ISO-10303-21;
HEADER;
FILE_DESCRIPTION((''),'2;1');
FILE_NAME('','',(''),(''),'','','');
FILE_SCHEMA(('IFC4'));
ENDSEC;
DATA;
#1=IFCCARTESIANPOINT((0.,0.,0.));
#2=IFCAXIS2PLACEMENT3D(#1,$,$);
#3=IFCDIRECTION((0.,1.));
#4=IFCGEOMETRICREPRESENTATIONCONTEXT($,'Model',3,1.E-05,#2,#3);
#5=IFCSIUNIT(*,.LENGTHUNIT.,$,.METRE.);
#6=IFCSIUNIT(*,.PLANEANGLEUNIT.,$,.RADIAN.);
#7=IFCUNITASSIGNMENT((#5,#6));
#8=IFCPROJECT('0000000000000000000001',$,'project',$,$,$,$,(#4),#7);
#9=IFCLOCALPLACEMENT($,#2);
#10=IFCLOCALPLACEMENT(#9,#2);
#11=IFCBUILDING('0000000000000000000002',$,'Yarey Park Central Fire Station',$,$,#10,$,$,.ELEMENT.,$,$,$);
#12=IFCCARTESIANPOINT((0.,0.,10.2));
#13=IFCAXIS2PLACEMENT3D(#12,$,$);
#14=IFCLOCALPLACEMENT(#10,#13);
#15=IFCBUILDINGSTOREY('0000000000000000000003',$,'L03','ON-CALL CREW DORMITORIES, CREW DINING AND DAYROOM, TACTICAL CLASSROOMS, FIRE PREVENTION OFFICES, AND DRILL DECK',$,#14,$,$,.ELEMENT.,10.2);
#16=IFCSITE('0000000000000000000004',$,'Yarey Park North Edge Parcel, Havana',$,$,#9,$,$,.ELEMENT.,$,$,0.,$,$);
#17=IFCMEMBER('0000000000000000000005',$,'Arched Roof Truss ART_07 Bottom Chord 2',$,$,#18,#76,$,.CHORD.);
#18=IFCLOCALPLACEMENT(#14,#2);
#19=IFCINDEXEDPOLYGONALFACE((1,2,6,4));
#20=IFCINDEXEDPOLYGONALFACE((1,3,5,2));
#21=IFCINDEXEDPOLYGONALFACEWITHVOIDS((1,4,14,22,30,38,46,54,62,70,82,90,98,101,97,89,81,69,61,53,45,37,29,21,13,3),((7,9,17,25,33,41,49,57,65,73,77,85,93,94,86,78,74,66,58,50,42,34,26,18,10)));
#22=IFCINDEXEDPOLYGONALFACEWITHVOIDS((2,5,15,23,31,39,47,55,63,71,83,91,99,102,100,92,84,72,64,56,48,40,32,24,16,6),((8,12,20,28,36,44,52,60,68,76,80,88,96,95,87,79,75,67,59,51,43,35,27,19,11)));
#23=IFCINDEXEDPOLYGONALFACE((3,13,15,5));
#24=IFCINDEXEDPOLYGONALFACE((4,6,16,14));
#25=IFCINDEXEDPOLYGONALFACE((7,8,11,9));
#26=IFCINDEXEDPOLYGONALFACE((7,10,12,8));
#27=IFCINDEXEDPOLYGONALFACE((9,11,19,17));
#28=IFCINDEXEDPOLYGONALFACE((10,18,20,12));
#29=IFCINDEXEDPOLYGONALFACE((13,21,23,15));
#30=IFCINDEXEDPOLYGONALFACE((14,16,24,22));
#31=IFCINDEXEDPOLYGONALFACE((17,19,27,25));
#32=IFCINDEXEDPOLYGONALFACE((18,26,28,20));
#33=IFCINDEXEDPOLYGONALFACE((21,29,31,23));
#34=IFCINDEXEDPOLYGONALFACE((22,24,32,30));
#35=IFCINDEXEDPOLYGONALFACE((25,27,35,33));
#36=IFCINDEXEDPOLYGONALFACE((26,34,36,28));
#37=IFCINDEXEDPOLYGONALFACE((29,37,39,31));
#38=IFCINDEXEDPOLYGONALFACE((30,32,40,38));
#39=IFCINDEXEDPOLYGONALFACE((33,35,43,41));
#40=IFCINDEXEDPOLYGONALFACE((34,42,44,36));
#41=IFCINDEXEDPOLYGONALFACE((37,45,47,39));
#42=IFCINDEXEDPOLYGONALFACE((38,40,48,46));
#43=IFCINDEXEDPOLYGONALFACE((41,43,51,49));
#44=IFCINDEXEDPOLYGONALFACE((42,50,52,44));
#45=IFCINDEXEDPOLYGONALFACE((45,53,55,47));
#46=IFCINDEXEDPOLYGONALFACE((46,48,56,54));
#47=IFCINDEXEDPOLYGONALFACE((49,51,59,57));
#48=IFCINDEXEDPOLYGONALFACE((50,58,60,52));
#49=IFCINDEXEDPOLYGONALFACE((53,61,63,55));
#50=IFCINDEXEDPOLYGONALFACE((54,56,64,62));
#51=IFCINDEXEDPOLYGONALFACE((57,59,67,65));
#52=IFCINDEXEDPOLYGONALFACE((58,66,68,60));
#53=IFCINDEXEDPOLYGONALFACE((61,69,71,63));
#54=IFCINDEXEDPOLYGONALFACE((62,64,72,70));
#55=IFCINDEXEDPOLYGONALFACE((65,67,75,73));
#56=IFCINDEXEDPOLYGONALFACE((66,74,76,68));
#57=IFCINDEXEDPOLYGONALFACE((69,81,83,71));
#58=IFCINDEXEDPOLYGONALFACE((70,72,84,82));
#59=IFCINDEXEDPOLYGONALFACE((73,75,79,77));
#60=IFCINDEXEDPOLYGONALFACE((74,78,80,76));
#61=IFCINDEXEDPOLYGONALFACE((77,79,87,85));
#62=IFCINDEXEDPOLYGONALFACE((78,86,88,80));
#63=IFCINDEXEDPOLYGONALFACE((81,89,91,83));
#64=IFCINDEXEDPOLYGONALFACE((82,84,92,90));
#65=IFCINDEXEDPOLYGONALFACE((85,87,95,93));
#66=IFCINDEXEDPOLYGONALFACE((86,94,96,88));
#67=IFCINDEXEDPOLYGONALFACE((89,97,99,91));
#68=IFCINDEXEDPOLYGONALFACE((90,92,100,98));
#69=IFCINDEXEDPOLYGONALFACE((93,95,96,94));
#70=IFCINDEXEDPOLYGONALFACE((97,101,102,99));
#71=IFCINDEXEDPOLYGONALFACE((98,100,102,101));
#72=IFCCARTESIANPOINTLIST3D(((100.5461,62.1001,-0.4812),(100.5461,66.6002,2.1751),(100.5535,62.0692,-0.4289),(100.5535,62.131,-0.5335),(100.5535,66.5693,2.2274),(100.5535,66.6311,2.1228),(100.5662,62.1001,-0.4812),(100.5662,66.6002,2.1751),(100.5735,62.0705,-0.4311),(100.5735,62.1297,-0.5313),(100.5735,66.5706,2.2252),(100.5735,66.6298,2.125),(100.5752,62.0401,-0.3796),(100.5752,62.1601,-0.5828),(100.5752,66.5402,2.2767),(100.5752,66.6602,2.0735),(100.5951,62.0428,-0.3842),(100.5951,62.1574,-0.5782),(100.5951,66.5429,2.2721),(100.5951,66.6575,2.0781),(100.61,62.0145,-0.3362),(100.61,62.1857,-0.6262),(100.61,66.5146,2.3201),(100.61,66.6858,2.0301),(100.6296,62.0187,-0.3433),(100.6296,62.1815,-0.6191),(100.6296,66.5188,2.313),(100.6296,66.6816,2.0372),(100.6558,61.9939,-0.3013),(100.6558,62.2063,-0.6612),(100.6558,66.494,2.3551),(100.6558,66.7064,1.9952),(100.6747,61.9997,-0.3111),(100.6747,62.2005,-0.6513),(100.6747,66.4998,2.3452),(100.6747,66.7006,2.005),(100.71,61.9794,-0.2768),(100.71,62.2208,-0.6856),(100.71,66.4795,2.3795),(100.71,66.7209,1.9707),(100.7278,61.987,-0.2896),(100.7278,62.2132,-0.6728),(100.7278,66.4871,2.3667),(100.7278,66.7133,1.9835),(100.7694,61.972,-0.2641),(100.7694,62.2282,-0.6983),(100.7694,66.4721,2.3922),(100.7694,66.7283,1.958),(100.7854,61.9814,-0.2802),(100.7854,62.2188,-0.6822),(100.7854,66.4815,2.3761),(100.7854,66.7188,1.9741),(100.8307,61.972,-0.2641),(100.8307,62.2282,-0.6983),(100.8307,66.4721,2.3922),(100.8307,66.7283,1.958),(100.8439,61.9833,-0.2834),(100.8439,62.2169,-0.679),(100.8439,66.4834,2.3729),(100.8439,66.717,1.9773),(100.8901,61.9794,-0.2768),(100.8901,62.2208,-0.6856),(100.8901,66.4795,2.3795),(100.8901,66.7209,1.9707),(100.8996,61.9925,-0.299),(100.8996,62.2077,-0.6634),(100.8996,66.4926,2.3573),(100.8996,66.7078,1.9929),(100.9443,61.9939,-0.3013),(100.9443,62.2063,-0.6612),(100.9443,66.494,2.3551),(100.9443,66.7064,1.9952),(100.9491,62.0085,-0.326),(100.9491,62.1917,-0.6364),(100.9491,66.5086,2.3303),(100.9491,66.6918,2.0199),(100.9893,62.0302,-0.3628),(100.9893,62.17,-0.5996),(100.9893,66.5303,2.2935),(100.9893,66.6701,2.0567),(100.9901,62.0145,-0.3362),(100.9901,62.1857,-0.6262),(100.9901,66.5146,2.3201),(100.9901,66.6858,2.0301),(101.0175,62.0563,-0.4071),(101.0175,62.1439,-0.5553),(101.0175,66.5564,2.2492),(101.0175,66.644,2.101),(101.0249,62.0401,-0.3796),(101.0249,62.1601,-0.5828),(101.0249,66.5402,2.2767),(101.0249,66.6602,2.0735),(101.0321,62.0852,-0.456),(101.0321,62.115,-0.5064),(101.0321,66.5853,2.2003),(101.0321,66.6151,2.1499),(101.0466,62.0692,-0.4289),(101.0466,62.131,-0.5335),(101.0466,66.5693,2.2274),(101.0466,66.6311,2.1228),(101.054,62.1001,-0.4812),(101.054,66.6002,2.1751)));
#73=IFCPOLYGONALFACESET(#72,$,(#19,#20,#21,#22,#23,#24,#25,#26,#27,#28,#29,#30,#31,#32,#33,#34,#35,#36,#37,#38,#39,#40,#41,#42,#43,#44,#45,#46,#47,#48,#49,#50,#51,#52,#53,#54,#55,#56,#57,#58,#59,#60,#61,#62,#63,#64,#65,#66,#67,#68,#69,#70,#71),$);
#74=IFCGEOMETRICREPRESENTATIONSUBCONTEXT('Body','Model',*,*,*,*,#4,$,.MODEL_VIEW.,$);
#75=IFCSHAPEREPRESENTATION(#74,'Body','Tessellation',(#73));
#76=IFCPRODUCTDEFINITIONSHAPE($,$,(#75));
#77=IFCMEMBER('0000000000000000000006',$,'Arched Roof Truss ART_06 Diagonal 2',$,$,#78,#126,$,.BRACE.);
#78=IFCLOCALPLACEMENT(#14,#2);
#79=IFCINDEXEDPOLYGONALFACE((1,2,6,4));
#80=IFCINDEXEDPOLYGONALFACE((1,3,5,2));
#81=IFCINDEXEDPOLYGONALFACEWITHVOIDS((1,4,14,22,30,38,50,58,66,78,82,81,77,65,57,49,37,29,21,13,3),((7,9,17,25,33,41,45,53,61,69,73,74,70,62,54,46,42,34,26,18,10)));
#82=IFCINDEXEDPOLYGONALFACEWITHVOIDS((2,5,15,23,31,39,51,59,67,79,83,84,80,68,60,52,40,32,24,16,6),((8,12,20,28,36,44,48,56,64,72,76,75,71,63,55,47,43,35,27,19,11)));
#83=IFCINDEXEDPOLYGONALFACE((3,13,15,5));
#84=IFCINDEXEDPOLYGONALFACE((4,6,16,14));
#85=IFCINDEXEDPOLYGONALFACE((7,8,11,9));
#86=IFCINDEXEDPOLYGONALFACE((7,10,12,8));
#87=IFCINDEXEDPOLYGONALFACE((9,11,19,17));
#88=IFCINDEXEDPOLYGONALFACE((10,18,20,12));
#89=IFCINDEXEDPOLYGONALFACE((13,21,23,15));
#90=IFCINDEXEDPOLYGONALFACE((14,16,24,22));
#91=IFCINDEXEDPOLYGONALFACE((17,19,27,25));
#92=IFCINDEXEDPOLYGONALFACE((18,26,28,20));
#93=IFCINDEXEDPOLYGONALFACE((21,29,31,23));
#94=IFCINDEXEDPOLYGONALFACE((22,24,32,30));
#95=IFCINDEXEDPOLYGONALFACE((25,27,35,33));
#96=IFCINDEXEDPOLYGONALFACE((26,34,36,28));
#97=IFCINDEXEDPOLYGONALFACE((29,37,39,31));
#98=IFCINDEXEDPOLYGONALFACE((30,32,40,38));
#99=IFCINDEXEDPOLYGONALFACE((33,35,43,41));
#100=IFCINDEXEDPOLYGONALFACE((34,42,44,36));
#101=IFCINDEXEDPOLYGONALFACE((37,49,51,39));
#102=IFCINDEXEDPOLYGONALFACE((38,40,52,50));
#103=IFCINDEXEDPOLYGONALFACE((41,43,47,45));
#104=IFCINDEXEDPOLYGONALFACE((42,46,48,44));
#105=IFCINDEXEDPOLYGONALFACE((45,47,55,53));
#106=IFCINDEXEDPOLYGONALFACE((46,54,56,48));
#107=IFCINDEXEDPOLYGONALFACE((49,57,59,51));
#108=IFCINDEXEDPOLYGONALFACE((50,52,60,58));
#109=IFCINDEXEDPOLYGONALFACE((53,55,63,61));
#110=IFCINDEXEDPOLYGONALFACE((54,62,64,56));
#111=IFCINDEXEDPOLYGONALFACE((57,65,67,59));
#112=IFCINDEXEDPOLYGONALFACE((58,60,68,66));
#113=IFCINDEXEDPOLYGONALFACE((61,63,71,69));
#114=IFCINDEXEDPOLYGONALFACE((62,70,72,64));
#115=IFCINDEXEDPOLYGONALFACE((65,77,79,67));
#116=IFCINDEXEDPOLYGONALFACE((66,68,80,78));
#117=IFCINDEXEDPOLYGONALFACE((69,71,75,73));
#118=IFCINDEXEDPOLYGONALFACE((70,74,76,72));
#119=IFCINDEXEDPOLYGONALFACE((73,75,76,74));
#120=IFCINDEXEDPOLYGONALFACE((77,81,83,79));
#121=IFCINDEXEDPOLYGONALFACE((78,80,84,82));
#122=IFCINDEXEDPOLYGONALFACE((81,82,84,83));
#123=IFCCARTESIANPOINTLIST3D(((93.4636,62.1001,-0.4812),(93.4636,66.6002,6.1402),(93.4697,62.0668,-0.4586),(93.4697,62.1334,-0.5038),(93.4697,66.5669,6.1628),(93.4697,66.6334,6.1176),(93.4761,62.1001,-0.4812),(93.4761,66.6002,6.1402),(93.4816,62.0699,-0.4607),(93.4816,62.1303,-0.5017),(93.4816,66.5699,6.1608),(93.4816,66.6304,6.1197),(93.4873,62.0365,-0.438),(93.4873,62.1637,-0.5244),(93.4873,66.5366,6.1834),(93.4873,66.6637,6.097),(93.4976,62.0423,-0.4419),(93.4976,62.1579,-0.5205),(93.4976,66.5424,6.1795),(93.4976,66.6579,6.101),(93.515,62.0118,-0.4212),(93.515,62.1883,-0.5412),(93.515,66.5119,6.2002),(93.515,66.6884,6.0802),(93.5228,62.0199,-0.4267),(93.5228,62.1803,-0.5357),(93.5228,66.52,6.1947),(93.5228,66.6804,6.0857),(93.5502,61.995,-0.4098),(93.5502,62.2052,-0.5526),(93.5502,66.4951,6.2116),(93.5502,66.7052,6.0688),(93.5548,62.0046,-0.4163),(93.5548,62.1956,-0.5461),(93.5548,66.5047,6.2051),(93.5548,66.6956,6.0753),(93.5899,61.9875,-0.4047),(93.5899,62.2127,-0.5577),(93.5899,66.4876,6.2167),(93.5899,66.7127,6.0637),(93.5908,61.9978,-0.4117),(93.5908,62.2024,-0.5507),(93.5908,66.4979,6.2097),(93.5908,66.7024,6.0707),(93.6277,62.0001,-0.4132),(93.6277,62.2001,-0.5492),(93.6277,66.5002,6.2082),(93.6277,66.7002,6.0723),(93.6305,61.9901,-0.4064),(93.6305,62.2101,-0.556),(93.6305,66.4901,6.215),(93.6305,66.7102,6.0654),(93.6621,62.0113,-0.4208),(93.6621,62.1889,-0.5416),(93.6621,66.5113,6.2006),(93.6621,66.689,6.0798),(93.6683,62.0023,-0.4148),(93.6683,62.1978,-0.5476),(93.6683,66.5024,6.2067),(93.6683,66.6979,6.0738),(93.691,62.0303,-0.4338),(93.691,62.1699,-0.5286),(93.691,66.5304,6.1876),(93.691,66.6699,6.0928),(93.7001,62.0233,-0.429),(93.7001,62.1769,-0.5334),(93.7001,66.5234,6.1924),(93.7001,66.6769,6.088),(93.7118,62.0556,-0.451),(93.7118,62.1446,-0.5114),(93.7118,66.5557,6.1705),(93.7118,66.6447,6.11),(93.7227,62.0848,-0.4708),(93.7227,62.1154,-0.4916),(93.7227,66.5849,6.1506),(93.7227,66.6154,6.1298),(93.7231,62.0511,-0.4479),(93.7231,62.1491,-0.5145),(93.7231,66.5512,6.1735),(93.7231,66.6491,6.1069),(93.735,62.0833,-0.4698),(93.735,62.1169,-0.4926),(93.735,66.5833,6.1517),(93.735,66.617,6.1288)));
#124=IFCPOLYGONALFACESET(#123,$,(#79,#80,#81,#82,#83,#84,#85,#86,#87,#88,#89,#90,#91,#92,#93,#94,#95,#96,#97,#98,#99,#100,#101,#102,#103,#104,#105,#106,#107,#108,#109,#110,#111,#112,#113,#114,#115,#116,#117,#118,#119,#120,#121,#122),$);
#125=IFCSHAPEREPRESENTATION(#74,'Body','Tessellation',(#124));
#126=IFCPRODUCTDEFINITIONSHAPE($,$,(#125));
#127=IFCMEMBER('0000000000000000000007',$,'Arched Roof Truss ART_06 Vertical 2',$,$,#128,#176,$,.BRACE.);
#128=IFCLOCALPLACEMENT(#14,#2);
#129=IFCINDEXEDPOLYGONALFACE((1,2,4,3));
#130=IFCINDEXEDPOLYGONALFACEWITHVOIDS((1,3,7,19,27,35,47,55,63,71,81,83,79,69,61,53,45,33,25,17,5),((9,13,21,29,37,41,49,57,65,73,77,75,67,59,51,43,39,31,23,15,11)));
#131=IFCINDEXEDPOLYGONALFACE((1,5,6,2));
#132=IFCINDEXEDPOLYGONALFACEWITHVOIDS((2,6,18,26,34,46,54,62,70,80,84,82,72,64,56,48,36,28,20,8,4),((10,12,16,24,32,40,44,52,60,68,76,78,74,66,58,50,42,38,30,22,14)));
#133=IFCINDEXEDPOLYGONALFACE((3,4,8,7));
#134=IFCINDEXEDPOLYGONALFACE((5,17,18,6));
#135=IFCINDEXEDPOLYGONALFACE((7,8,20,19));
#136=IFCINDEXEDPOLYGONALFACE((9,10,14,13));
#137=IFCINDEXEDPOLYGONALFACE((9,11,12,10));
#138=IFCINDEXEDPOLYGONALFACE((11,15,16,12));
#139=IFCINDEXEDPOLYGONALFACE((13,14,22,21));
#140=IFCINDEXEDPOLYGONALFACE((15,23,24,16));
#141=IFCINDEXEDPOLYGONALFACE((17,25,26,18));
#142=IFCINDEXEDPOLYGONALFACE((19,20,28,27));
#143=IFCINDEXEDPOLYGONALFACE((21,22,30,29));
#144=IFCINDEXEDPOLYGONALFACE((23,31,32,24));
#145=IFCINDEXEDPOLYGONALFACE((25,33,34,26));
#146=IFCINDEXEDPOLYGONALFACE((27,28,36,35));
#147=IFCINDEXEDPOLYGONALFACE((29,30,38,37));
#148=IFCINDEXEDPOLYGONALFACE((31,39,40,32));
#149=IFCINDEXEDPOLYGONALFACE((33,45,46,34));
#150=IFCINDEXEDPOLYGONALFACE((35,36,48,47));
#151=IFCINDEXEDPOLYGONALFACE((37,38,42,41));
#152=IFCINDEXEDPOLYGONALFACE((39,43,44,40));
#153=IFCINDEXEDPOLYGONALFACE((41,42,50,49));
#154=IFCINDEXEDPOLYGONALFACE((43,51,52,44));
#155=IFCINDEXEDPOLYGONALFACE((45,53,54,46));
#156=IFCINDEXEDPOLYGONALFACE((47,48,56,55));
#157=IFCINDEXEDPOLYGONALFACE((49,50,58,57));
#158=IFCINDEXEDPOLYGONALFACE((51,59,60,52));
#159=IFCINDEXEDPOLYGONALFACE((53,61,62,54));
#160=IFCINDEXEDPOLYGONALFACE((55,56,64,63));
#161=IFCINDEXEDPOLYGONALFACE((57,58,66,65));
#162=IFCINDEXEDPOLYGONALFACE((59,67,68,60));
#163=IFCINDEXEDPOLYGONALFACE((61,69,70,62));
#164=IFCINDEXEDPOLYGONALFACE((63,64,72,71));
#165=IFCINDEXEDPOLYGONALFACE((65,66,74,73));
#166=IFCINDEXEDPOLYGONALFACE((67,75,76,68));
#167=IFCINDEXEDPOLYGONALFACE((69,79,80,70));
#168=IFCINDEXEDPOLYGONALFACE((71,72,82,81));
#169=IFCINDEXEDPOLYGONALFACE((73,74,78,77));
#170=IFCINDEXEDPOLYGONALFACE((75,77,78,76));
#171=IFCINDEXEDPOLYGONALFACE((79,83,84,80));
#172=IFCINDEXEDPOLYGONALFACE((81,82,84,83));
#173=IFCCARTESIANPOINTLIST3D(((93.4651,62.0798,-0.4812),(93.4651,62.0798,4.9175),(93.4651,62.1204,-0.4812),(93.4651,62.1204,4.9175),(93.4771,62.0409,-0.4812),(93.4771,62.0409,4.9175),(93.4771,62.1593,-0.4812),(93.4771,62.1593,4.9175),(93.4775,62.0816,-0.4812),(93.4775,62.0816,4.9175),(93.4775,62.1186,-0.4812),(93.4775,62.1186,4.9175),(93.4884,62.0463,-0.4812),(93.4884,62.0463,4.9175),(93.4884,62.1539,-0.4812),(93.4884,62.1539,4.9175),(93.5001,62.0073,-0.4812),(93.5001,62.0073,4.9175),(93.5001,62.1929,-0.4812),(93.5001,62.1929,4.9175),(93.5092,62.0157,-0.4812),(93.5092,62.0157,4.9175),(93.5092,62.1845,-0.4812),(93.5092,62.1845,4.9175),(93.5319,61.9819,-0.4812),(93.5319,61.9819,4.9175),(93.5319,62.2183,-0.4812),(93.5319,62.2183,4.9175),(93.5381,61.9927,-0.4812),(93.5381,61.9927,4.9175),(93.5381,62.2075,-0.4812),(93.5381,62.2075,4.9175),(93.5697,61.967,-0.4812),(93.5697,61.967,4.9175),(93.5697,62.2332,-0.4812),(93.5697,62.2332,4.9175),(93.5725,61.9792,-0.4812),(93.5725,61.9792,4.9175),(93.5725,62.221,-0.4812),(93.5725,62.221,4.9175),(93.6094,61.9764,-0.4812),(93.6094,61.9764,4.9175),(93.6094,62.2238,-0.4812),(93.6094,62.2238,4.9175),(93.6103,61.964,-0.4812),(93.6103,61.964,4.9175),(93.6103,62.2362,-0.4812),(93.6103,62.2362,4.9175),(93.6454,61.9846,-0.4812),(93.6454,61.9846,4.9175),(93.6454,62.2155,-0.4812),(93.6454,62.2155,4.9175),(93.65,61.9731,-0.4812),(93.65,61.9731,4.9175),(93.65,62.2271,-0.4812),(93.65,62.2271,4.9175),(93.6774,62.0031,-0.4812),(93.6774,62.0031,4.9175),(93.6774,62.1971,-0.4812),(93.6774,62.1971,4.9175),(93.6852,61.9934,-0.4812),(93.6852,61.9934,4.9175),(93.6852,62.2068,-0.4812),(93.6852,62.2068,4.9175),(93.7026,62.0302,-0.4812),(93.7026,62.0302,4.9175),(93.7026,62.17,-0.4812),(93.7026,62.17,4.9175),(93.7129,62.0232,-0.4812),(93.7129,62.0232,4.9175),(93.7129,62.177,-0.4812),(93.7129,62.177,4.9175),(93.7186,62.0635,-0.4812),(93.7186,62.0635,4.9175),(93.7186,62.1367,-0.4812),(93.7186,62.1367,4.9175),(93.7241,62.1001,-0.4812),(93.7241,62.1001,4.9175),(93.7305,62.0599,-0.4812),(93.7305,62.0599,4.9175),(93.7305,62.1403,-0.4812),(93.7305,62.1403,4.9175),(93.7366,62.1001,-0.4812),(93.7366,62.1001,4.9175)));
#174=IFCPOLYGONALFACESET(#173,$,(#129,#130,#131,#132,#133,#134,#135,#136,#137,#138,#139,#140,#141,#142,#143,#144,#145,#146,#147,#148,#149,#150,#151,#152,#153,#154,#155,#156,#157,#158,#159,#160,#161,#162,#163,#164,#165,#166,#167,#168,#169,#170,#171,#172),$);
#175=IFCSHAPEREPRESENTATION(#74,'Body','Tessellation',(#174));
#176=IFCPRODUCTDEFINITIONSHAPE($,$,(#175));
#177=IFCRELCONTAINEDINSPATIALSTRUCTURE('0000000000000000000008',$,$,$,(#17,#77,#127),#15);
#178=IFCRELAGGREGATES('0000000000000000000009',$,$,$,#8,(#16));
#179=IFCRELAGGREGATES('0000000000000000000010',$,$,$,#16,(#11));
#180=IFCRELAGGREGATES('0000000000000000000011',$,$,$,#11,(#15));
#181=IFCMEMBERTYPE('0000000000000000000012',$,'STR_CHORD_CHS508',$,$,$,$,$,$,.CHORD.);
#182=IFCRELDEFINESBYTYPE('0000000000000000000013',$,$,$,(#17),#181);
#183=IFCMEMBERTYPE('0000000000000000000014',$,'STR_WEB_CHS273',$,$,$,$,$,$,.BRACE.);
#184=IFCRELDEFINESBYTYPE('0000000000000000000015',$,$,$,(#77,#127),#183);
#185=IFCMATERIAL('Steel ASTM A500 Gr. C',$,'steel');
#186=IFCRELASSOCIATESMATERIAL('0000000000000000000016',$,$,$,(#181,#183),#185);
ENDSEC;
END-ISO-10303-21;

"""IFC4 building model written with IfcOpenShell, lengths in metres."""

from ifc_helpers import new_model, si_unit, direction, frame, origin, origin_2d, place, context, subcontext, project, spatial, hollow_circle, extrude, material, material_profile, profile_set, type_object, element, save


model = new_model("IFC4")

# Units and contexts
model_context = context("Model", 3, precision=1e-05, world=origin(), true_north=direction((0.0, 1.0)))
body_context = subcontext(model_context, "Body", "Model", "MODEL_VIEW")
ifc_project = project(units=[si_unit("LENGTHUNIT", "METRE"), si_unit("PLANEANGLEUNIT", "RADIAN")], contexts=[model_context])

# Site, building, storey
site_placement = place(None, origin())
site = spatial("IfcSite", under=ifc_project, at=site_placement, Name="Yarey Park North Edge Parcel, Havana", CompositionType="ELEMENT", RefElevation=0.0)
building_placement = place(site_placement, origin())
building = spatial("IfcBuilding", under=site, at=building_placement, Name="Yarey Park Central Fire Station", CompositionType="ELEMENT")
storey_placement = place(building_placement, frame((0.0, 0.0, 10.2)))
storey = spatial("IfcBuildingStorey", under=building, at=storey_placement, Name="L03", Description="ON-CALL CREW DORMITORIES, CREW DINING AND DAYROOM, TACTICAL CLASSROOMS, FIRE PREVENTION OFFICES, AND DRILL DECK", CompositionType="ELEMENT", Elevation=10.2)

# Members
ifc_material_1 = material(Name="Steel ASTM A500 Gr. C", Category="steel")
ifc_material_profile_1 = material_profile(ifc_material_1, hollow_circle(Radius=0.2539, WallThickness=0.02, at=origin_2d()), Name="CHS 508x20")
ifc_profile_set_1 = profile_set([ifc_material_profile_1], Name="Steel ASTM A500 Gr. C")
member_type_1 = type_object("IfcMemberType", Name="STR_CHORD_CHS508", PredefinedType="CHORD", material=ifc_profile_set_1)
member_1_placement = place(storey_placement, frame((100.8, 62.1001, -0.4812), z_axis=(0.0, 0.861165, 0.508326), x_axis=(-1.0, 0.0, 0.0)))
element("IfcMember", 1, at=member_1_placement, inside=storey, type_object=member_type_1, Name="Arched Roof Truss ART_07 Bottom Chord 2", PredefinedType="CHORD", context=body_context, shape_type="SweptSolid", body=[
    extrude(hollow_circle(Radius=0.2539, WallThickness=0.02, at=origin_2d()), origin(), (0.0, 0.0, 1.0), 5.2256),
])
ifc_material_profile_2 = material_profile(ifc_material_1, hollow_circle(Radius=0.1365, WallThickness=0.0125, at=origin_2d()), Name="CHS 273x12.5")
ifc_profile_set_2 = profile_set([ifc_material_profile_2], Name="Steel ASTM A500 Gr. C")
member_type_2 = type_object("IfcMemberType", Name="STR_WEB_CHS273", PredefinedType="BRACE", material=ifc_profile_set_2)
member_2_placement = place(storey_placement, frame((93.6001, 62.1001, -0.4812), z_axis=(0.0, 0.562096, 0.827072), x_axis=(-1.0, 0.0, 0.0)))
element("IfcMember", 2, at=member_2_placement, inside=storey, type_object=member_type_2, Name="Arched Roof Truss ART_06 Diagonal 2", PredefinedType="BRACE", context=body_context, shape_type="SweptSolid", body=[
    extrude(hollow_circle(Radius=0.1365, WallThickness=0.0125, at=origin_2d()), origin(), (0.0, 0.0, 1.0), 8.0059),
])
member_3_placement = place(storey_placement, frame((93.6001, 62.1001, -0.4812), z_axis=(0.0, 0.0, 1.0), x_axis=(1.0, 0.0, 0.0)))
element("IfcMember", 3, at=member_3_placement, inside=storey, type_object=member_type_2, Name="Arched Roof Truss ART_06 Vertical 2", PredefinedType="BRACE", context=body_context, shape_type="SweptSolid", body=[
    extrude(hollow_circle(Radius=0.1365, WallThickness=0.0125, at=origin_2d()), origin(), (0.0, 0.0, 1.0), 5.3987),
])

save(model, "model.ifc")
